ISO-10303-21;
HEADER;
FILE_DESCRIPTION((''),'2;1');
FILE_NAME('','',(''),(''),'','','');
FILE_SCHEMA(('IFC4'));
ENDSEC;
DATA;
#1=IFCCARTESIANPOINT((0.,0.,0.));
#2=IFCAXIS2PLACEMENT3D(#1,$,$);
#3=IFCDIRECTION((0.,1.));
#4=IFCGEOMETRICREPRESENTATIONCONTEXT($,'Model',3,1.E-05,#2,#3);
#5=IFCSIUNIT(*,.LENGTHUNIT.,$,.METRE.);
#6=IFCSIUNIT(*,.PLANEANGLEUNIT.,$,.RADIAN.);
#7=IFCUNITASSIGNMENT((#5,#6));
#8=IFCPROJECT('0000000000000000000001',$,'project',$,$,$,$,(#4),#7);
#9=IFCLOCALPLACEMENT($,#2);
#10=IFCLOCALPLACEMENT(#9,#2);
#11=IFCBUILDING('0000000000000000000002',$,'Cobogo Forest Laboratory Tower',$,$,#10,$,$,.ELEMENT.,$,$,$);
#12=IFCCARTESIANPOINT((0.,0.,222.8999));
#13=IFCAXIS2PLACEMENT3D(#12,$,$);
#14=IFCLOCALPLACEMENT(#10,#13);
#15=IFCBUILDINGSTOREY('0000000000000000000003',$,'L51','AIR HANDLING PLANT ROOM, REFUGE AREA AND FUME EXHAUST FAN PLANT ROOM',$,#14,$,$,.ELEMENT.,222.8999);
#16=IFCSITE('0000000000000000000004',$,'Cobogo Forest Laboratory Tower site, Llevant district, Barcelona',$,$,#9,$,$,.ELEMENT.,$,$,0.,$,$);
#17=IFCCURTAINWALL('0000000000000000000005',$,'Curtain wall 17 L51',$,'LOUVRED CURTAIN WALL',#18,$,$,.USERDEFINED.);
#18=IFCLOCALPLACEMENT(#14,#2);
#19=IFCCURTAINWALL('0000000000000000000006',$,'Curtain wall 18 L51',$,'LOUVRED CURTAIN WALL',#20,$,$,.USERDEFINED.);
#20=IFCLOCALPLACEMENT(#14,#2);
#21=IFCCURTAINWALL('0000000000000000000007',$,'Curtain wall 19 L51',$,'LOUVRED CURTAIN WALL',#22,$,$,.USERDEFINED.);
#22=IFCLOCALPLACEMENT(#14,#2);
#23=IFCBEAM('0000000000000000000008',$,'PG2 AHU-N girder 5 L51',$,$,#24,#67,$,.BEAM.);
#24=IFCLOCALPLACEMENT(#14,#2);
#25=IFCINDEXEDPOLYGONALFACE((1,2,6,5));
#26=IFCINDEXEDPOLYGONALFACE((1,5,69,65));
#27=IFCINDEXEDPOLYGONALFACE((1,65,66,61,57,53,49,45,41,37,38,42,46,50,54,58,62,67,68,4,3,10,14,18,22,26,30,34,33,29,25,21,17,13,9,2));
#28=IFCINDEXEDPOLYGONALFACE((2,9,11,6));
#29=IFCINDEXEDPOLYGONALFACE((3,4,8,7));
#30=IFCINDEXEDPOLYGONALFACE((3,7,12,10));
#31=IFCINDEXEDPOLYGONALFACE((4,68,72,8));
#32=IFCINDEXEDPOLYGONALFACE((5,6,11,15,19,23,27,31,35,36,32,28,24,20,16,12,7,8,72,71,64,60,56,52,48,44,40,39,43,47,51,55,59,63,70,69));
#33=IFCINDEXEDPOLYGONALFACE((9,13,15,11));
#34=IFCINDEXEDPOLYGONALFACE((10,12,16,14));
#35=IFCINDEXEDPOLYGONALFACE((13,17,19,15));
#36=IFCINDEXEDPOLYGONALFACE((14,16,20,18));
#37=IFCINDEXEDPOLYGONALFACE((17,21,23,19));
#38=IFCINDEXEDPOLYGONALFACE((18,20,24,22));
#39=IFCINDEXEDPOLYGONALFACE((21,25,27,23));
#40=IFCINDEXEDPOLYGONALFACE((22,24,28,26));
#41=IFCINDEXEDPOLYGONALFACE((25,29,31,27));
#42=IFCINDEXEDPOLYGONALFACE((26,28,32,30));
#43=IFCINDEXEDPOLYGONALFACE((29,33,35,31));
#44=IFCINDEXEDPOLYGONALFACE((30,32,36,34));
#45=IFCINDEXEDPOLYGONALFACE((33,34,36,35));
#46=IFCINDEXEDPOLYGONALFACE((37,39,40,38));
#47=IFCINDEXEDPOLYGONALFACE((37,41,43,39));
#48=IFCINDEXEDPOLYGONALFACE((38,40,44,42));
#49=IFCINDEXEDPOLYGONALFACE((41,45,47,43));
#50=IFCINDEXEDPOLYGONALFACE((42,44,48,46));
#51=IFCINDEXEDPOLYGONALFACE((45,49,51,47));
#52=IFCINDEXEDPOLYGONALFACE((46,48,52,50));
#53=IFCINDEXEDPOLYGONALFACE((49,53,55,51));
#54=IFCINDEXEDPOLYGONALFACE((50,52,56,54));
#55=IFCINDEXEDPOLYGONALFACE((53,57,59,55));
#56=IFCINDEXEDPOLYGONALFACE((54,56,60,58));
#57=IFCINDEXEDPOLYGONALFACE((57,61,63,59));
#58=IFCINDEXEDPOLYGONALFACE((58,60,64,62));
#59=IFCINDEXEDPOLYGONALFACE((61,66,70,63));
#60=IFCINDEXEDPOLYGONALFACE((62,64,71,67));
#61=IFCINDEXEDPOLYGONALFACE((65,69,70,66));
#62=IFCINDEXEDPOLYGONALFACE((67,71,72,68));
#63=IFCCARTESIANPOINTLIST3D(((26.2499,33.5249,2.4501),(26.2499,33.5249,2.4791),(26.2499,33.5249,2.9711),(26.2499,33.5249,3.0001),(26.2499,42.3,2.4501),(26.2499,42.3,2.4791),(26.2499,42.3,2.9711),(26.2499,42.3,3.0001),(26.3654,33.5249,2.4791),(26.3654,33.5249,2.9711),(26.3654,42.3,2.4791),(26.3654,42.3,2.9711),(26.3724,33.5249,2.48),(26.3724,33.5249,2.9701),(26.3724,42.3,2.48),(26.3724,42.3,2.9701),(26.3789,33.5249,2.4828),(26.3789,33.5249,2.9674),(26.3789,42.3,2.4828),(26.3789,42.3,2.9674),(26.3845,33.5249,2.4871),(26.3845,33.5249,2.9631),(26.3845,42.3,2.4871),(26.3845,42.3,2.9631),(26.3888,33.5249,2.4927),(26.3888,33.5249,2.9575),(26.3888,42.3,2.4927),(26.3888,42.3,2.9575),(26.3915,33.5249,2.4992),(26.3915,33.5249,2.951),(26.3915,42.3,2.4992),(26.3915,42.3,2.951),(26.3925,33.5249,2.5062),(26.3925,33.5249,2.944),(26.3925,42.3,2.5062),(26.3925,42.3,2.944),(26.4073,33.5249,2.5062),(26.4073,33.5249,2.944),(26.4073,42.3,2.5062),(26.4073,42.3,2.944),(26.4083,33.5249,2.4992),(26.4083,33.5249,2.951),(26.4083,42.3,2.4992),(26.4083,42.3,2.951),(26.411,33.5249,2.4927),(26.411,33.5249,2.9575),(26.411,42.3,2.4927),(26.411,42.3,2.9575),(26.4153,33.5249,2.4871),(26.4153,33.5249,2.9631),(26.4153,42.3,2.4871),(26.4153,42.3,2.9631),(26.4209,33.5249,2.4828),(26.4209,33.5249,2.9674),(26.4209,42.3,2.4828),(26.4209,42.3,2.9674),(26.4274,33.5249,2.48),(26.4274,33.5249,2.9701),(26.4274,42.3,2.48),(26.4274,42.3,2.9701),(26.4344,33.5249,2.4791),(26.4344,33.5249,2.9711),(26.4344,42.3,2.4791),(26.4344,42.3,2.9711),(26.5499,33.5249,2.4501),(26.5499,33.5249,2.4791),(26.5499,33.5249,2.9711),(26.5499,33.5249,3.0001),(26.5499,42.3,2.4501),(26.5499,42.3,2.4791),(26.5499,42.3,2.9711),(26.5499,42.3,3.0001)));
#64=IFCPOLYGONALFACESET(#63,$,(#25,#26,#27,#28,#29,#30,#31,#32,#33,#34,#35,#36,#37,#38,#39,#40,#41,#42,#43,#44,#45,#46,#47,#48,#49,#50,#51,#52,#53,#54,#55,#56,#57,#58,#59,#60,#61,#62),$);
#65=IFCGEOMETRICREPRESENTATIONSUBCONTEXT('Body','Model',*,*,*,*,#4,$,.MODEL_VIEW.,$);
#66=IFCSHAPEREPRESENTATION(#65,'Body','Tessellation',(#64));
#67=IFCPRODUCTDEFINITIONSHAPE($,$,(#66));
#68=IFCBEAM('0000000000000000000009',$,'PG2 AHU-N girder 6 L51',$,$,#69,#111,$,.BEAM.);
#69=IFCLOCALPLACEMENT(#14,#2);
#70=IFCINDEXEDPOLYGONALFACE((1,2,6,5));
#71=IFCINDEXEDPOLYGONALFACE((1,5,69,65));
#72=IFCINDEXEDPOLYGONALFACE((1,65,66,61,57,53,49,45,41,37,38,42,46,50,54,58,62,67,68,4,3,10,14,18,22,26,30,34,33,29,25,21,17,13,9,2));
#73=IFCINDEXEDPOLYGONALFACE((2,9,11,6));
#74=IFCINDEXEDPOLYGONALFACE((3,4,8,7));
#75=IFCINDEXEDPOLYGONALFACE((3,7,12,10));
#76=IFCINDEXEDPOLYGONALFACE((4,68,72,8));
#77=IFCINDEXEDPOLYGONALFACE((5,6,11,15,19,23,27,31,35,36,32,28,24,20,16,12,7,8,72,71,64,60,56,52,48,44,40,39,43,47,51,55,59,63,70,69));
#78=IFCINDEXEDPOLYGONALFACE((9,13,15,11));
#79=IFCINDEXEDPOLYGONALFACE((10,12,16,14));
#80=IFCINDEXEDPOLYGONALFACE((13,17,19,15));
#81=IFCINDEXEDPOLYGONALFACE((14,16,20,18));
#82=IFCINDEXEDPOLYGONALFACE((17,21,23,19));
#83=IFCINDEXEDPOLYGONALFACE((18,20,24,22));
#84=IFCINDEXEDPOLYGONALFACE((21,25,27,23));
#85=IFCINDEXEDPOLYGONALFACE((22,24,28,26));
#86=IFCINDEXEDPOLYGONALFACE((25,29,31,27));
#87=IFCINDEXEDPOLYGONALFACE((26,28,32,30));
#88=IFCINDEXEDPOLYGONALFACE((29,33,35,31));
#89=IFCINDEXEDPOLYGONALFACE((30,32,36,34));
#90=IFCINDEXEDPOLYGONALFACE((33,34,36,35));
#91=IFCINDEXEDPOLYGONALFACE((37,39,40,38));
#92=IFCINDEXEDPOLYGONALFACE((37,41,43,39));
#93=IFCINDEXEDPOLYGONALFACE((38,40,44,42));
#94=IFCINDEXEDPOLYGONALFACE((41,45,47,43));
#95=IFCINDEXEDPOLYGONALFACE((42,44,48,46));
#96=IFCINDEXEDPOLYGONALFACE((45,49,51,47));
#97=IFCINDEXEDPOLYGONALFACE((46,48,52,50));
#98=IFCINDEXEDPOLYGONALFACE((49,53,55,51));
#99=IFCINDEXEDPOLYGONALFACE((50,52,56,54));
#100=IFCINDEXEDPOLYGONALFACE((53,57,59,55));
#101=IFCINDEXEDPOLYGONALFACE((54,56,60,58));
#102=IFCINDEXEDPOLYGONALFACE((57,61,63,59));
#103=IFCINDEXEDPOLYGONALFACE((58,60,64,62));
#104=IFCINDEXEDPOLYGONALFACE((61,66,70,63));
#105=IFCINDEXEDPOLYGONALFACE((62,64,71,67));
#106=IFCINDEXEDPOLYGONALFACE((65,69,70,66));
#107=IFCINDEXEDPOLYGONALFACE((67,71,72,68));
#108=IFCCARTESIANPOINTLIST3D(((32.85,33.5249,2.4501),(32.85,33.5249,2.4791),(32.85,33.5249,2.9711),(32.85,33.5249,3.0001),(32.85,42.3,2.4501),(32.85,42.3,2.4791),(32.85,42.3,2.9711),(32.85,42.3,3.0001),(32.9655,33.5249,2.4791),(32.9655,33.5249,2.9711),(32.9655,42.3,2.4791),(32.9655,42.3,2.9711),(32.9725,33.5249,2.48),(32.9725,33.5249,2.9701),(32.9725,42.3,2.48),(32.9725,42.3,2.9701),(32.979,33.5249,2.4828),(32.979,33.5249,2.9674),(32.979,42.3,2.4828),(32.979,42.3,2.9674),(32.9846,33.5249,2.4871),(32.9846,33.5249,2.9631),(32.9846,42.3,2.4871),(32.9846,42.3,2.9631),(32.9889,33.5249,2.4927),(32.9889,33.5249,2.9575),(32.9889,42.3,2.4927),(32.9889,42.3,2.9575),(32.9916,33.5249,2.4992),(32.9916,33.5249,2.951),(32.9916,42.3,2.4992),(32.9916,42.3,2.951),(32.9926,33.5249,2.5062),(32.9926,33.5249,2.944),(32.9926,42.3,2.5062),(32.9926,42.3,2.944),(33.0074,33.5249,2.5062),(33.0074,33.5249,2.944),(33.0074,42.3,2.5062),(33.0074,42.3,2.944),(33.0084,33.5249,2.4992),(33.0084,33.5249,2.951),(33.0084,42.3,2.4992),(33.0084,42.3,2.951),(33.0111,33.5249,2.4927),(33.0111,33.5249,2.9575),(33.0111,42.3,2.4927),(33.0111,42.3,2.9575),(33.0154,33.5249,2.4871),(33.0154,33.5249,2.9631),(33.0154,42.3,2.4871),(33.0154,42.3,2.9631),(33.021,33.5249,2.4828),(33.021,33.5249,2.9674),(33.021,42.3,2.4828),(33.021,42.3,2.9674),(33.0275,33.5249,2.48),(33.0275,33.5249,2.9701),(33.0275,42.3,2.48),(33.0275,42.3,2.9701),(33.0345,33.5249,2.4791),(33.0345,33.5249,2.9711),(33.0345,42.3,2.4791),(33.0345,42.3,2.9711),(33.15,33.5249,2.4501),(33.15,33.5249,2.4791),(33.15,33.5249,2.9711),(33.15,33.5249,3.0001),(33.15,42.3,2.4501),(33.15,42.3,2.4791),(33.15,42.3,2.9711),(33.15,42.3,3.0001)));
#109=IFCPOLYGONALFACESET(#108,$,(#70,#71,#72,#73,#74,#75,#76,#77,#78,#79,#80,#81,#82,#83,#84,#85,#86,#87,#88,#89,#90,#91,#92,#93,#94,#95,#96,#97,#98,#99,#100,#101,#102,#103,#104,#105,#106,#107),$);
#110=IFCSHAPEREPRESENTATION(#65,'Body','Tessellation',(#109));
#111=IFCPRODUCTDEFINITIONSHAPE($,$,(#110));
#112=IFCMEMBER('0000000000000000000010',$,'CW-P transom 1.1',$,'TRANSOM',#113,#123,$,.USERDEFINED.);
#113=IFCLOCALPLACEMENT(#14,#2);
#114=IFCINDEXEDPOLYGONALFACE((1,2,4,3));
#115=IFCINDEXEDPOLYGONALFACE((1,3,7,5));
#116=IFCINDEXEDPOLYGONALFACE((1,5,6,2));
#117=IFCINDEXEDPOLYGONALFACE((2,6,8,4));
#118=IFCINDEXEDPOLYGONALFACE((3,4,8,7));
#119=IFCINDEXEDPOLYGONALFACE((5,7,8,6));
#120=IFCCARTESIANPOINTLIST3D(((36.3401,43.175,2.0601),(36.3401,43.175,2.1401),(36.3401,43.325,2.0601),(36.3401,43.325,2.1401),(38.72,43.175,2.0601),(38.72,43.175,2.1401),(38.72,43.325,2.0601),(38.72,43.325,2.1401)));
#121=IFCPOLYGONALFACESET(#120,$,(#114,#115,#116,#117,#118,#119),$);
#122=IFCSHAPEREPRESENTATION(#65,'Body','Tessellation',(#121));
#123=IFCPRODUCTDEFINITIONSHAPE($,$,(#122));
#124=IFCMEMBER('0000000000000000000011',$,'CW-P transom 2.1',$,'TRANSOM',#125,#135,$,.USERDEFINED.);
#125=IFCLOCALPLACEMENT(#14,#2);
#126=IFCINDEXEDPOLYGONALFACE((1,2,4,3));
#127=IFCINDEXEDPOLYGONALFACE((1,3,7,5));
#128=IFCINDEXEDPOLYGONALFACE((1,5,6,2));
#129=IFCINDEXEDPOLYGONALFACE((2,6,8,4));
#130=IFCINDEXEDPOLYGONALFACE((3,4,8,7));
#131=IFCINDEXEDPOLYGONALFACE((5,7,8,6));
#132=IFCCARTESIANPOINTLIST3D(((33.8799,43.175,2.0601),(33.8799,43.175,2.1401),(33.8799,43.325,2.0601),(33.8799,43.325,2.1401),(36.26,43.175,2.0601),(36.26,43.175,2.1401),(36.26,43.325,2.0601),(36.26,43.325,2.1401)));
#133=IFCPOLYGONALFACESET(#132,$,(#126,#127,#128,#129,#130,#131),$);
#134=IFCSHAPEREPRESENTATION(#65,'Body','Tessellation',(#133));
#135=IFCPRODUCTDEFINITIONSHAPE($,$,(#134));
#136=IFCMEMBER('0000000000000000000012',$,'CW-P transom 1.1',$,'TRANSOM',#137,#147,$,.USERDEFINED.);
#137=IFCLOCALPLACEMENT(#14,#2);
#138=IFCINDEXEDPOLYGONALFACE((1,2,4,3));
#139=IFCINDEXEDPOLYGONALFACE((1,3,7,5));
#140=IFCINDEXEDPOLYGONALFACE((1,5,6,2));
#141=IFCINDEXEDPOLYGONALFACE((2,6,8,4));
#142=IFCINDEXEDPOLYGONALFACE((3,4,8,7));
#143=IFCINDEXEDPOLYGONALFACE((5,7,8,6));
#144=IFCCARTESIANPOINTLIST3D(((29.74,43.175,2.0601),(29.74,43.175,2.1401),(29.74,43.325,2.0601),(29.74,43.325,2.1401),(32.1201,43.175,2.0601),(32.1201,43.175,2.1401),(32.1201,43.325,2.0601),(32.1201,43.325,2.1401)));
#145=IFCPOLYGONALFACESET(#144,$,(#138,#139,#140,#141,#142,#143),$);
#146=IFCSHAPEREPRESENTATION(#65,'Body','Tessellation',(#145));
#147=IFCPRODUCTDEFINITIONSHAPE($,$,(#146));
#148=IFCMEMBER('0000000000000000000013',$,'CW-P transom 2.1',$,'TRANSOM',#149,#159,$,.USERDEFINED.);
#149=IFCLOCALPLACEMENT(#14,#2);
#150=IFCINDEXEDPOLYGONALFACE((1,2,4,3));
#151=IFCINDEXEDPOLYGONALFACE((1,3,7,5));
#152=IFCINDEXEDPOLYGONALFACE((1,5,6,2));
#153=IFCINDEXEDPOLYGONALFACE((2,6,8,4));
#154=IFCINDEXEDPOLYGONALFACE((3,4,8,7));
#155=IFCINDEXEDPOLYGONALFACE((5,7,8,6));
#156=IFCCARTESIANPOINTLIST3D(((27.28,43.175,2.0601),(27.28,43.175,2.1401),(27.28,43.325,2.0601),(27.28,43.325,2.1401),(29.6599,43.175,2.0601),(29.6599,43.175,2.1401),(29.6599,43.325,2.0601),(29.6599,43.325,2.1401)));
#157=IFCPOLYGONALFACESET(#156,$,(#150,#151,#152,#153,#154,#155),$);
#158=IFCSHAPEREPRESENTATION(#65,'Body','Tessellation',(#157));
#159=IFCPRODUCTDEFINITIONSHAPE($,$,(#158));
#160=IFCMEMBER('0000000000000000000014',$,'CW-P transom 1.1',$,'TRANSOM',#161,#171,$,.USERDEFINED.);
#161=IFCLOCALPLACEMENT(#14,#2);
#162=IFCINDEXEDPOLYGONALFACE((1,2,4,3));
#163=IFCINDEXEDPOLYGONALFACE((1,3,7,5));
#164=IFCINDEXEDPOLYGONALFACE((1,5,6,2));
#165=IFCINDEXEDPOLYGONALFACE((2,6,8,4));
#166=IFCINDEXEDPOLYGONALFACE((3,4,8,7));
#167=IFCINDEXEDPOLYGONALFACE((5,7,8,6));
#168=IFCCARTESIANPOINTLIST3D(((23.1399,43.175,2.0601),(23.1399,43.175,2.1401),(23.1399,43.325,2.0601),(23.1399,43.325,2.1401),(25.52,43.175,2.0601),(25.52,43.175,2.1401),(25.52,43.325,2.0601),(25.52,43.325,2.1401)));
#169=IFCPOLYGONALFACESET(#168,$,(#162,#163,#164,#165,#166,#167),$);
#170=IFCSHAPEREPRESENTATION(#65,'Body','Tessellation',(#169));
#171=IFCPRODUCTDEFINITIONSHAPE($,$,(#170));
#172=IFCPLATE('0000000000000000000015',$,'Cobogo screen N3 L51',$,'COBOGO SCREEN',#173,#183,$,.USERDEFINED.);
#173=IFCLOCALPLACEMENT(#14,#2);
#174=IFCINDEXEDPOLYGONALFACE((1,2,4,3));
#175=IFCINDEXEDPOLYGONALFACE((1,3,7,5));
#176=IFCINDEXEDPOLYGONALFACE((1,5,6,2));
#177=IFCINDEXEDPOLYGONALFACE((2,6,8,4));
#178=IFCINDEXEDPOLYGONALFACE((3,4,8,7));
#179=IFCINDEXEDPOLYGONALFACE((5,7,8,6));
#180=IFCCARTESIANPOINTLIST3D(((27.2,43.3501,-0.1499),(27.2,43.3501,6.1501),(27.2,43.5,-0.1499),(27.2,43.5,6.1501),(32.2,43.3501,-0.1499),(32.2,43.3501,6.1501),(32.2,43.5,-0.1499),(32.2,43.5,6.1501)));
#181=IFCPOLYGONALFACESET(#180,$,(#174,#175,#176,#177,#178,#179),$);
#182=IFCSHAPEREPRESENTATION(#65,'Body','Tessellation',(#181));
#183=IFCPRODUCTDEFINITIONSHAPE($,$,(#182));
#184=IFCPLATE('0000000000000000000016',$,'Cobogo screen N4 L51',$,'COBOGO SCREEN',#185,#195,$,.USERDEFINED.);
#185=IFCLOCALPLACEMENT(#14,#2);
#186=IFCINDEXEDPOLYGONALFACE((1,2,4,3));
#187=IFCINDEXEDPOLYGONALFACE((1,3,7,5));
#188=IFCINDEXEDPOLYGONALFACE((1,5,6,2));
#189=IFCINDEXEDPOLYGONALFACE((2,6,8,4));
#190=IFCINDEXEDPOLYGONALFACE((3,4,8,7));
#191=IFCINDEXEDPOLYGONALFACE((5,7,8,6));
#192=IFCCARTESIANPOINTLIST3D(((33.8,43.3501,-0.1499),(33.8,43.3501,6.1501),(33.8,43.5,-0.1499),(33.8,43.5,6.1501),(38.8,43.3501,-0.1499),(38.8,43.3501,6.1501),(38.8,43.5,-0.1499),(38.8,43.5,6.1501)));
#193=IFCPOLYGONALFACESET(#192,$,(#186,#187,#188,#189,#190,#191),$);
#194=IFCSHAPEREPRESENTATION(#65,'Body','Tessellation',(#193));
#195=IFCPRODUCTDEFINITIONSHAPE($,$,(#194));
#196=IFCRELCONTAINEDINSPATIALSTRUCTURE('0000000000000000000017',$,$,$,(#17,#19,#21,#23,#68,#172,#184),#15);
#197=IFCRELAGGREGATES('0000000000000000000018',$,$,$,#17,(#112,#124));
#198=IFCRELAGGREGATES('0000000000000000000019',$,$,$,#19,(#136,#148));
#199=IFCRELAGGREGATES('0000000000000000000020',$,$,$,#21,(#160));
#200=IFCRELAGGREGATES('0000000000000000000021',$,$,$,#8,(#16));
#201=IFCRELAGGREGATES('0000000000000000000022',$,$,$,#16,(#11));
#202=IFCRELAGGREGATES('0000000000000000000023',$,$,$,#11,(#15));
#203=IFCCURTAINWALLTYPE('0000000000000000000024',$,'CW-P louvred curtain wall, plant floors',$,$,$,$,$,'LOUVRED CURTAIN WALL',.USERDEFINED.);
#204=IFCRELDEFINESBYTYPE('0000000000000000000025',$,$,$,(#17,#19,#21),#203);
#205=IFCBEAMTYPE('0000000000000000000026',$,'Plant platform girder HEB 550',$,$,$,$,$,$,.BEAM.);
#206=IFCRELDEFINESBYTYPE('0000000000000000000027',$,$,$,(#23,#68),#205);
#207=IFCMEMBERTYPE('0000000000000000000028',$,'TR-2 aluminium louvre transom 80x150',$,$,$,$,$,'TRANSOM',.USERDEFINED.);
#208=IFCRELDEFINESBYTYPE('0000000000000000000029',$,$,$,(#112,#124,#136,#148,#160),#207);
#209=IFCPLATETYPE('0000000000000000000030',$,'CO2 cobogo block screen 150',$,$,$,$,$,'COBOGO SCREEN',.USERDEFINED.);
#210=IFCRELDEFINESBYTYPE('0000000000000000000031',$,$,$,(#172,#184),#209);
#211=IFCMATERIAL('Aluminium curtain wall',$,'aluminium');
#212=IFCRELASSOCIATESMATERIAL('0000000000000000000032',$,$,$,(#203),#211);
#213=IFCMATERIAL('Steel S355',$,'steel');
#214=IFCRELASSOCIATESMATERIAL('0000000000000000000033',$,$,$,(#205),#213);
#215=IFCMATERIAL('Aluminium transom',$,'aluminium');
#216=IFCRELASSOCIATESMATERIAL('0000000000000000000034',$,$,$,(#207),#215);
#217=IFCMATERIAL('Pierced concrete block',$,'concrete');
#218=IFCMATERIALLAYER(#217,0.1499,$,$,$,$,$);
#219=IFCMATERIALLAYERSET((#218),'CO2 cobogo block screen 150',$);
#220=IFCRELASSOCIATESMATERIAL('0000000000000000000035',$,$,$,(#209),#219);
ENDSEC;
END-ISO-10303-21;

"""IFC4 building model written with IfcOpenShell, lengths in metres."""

from ifc_helpers import new_model, si_unit, direction, frame, origin, origin_2d, place, context, subcontext, project, spatial, rectangle, i_section, extrude, material, layer, layer_set, material_profile, profile_set, type_object, element, aggregate, save


model = new_model("IFC4")

# Units and contexts
model_context = context("Model", 3, precision=1e-05, world=origin(), true_north=direction((0.0, 1.0)))
body_context = subcontext(model_context, "Body", "Model", "MODEL_VIEW")
ifc_project = project(units=[si_unit("LENGTHUNIT", "METRE"), si_unit("PLANEANGLEUNIT", "RADIAN")], contexts=[model_context])

# Site, building, storey
site_placement = place(None, origin())
site = spatial("IfcSite", under=ifc_project, at=site_placement, Name="Cobogo Forest Laboratory Tower site, Llevant district, Barcelona", CompositionType="ELEMENT", RefElevation=0.0)
building_placement = place(site_placement, origin())
building = spatial("IfcBuilding", under=site, at=building_placement, Name="Cobogo Forest Laboratory Tower", CompositionType="ELEMENT")
storey_placement = place(building_placement, frame((0.0, 0.0, 222.8999)))
storey = spatial("IfcBuildingStorey", under=building, at=storey_placement, Name="L51", Description="AIR HANDLING PLANT ROOM, REFUGE AREA AND FUME EXHAUST FAN PLANT ROOM", CompositionType="ELEMENT", Elevation=222.8999)

# Curtain walls
ifc_material_1 = material(Name="Aluminium curtain wall", Category="aluminium")
curtain_wall_type = type_object("IfcCurtainWallType", Name="CW-P louvred curtain wall, plant floors", ElementType="LOUVRED CURTAIN WALL", PredefinedType="USERDEFINED", material=ifc_material_1)
curtain_wall_1_placement = place(storey_placement, origin())
curtain_wall_1 = element("IfcCurtainWall", 1, at=curtain_wall_1_placement, inside=storey, type_object=curtain_wall_type, Name="Curtain wall 17 L51", ObjectType="LOUVRED CURTAIN WALL", PredefinedType="USERDEFINED")
curtain_wall_2_placement = place(storey_placement, origin())
curtain_wall_2 = element("IfcCurtainWall", 2, at=curtain_wall_2_placement, inside=storey, type_object=curtain_wall_type, Name="Curtain wall 18 L51", ObjectType="LOUVRED CURTAIN WALL", PredefinedType="USERDEFINED")

# Curtain wall
curtain_wall_3_placement = place(storey_placement, origin())
curtain_wall_3 = element("IfcCurtainWall", 3, at=curtain_wall_3_placement, inside=storey, type_object=curtain_wall_type, Name="Curtain wall 19 L51", ObjectType="LOUVRED CURTAIN WALL", PredefinedType="USERDEFINED")

# Shared definitions
ifc_material_2 = material(Name="Steel S355", Category="steel")

# Beams
ifc_material_profile_1 = material_profile(ifc_material_2, i_section(OverallWidth=0.3, OverallDepth=0.55, WebThickness=0.0149, FlangeThickness=0.0291, FilletRadius=0.0271, at=origin_2d()), Name="HEB 550")
ifc_profile_set_1 = profile_set([ifc_material_profile_1], Name="Steel S355")
beam_type_1 = type_object("IfcBeamType", Name="Plant platform girder HEB 550", PredefinedType="BEAM", material=ifc_profile_set_1)
for number, where, z_axis, x_axis, name in (
    (4, (26.3999, 42.3, 2.7251), (0.0, -1.0, 0.0), (1.0, 0.0, 0.0), "PG2 AHU-N girder 5 L51"),
    (5, (33.0, 42.3, 2.7251), (0.0, -1.0, 0.0), (1.0, 0.0, 0.0), "PG2 AHU-N girder 6 L51"),
):
    element("IfcBeam", number, at=place(storey_placement, frame(where, z_axis=z_axis, x_axis=x_axis)), inside=storey, type_object=beam_type_1, Name=name, PredefinedType="BEAM", context=body_context, shape_type="SweptSolid", body=[
        extrude(i_section(OverallWidth=0.3, OverallDepth=0.55, WebThickness=0.0149, FlangeThickness=0.0291, FilletRadius=0.0271, at=origin_2d()), origin(), (0.0, 0.0, 1.0), 8.7751),
    ])

# Members
ifc_material_3 = material(Name="Aluminium transom", Category="aluminium")
ifc_material_profile_2 = material_profile(ifc_material_3, rectangle(XDim=0.1499, YDim=0.0801, at=origin_2d()), Name="AL 80x150")
ifc_profile_set_2 = profile_set([ifc_material_profile_2], Name="Aluminium transom")
member_type_1 = type_object("IfcMemberType", Name="TR-2 aluminium louvre transom 80x150", ElementType="TRANSOM", PredefinedType="USERDEFINED", material=ifc_profile_set_2)
member_1_placement = place(storey_placement, frame((38.72, 43.25, 2.1001), z_axis=(-1.0, 0.0, 0.0), x_axis=(0.0, -1.0, 0.0)))
member_1 = element("IfcMember", 6, at=member_1_placement, type_object=member_type_1, Name="CW-P transom 1.1", ObjectType="TRANSOM", PredefinedType="USERDEFINED", context=body_context, shape_type="SweptSolid", body=[
    extrude(rectangle(XDim=0.1499, YDim=0.0801, at=origin_2d()), origin(), (0.0, 0.0, 1.0), 2.3799),
])
member_2_placement = place(storey_placement, frame((36.26, 43.25, 2.1001), z_axis=(-1.0, 0.0, 0.0), x_axis=(0.0, -1.0, 0.0)))
member_2 = element("IfcMember", 7, at=member_2_placement, type_object=member_type_1, Name="CW-P transom 2.1", ObjectType="TRANSOM", PredefinedType="USERDEFINED", context=body_context, shape_type="SweptSolid", body=[
    extrude(rectangle(XDim=0.1499, YDim=0.0801, at=origin_2d()), origin(), (0.0, 0.0, 1.0), 2.3801),
])
member_3_placement = place(storey_placement, frame((32.1201, 43.25, 2.1001), z_axis=(-1.0, 0.0, 0.0), x_axis=(0.0, -1.0, 0.0)))
member_3 = element("IfcMember", 8, at=member_3_placement, type_object=member_type_1, Name="CW-P transom 1.1", ObjectType="TRANSOM", PredefinedType="USERDEFINED", context=body_context, shape_type="SweptSolid", body=[
    extrude(rectangle(XDim=0.1499, YDim=0.0801, at=origin_2d()), origin(), (0.0, 0.0, 1.0), 2.3801),
])
member_4_placement = place(storey_placement, frame((29.6599, 43.25, 2.1001), z_axis=(-1.0, 0.0, 0.0), x_axis=(0.0, -1.0, 0.0)))
member_4 = element("IfcMember", 9, at=member_4_placement, type_object=member_type_1, Name="CW-P transom 2.1", ObjectType="TRANSOM", PredefinedType="USERDEFINED", context=body_context, shape_type="SweptSolid", body=[
    extrude(rectangle(XDim=0.1499, YDim=0.0801, at=origin_2d()), origin(), (0.0, 0.0, 1.0), 2.3799),
])
member_5_placement = place(storey_placement, frame((25.52, 43.25, 2.1001), z_axis=(-1.0, 0.0, 0.0), x_axis=(0.0, -1.0, 0.0)))
member_5 = element("IfcMember", 10, at=member_5_placement, type_object=member_type_1, Name="CW-P transom 1.1", ObjectType="TRANSOM", PredefinedType="USERDEFINED", context=body_context, shape_type="SweptSolid", body=[
    extrude(rectangle(XDim=0.1499, YDim=0.0801, at=origin_2d()), origin(), (0.0, 0.0, 1.0), 2.3801),
])

# Plates
ifc_material_4 = material(Name="Pierced concrete block", Category="concrete")
ifc_layer_1 = layer(ifc_material_4, 0.1499)
ifc_layer_set_1 = layer_set([ifc_layer_1], Name="CO2 cobogo block screen 150")
plate_type_1 = type_object("IfcPlateType", Name="CO2 cobogo block screen 150", ElementType="COBOGO SCREEN", PredefinedType="USERDEFINED", material=ifc_layer_set_1)
for number, where, z_axis, x_axis, name in (
    (11, (29.7, 43.425, -0.1499), (0.0, 0.0, 1.0), (1.0, 0.0, 0.0), "Cobogo screen N3 L51"),
    (12, (36.3, 43.425, -0.1499), (0.0, 0.0, 1.0), (1.0, 0.0, 0.0), "Cobogo screen N4 L51"),
):
    element("IfcPlate", number, at=place(storey_placement, frame(where, z_axis=z_axis, x_axis=x_axis)), inside=storey, type_object=plate_type_1, Name=name, ObjectType="COBOGO SCREEN", PredefinedType="USERDEFINED", context=body_context, shape_type="SweptSolid", body=[
        extrude(rectangle(XDim=5.0, YDim=0.1499, at=origin_2d()), origin(), (0.0, 0.0, 1.0), 6.3),
    ])

aggregate(curtain_wall_1, [member_1, member_2])
aggregate(curtain_wall_2, [member_3, member_4])
aggregate(curtain_wall_3, [member_5])

save(model, "model.ifc")
